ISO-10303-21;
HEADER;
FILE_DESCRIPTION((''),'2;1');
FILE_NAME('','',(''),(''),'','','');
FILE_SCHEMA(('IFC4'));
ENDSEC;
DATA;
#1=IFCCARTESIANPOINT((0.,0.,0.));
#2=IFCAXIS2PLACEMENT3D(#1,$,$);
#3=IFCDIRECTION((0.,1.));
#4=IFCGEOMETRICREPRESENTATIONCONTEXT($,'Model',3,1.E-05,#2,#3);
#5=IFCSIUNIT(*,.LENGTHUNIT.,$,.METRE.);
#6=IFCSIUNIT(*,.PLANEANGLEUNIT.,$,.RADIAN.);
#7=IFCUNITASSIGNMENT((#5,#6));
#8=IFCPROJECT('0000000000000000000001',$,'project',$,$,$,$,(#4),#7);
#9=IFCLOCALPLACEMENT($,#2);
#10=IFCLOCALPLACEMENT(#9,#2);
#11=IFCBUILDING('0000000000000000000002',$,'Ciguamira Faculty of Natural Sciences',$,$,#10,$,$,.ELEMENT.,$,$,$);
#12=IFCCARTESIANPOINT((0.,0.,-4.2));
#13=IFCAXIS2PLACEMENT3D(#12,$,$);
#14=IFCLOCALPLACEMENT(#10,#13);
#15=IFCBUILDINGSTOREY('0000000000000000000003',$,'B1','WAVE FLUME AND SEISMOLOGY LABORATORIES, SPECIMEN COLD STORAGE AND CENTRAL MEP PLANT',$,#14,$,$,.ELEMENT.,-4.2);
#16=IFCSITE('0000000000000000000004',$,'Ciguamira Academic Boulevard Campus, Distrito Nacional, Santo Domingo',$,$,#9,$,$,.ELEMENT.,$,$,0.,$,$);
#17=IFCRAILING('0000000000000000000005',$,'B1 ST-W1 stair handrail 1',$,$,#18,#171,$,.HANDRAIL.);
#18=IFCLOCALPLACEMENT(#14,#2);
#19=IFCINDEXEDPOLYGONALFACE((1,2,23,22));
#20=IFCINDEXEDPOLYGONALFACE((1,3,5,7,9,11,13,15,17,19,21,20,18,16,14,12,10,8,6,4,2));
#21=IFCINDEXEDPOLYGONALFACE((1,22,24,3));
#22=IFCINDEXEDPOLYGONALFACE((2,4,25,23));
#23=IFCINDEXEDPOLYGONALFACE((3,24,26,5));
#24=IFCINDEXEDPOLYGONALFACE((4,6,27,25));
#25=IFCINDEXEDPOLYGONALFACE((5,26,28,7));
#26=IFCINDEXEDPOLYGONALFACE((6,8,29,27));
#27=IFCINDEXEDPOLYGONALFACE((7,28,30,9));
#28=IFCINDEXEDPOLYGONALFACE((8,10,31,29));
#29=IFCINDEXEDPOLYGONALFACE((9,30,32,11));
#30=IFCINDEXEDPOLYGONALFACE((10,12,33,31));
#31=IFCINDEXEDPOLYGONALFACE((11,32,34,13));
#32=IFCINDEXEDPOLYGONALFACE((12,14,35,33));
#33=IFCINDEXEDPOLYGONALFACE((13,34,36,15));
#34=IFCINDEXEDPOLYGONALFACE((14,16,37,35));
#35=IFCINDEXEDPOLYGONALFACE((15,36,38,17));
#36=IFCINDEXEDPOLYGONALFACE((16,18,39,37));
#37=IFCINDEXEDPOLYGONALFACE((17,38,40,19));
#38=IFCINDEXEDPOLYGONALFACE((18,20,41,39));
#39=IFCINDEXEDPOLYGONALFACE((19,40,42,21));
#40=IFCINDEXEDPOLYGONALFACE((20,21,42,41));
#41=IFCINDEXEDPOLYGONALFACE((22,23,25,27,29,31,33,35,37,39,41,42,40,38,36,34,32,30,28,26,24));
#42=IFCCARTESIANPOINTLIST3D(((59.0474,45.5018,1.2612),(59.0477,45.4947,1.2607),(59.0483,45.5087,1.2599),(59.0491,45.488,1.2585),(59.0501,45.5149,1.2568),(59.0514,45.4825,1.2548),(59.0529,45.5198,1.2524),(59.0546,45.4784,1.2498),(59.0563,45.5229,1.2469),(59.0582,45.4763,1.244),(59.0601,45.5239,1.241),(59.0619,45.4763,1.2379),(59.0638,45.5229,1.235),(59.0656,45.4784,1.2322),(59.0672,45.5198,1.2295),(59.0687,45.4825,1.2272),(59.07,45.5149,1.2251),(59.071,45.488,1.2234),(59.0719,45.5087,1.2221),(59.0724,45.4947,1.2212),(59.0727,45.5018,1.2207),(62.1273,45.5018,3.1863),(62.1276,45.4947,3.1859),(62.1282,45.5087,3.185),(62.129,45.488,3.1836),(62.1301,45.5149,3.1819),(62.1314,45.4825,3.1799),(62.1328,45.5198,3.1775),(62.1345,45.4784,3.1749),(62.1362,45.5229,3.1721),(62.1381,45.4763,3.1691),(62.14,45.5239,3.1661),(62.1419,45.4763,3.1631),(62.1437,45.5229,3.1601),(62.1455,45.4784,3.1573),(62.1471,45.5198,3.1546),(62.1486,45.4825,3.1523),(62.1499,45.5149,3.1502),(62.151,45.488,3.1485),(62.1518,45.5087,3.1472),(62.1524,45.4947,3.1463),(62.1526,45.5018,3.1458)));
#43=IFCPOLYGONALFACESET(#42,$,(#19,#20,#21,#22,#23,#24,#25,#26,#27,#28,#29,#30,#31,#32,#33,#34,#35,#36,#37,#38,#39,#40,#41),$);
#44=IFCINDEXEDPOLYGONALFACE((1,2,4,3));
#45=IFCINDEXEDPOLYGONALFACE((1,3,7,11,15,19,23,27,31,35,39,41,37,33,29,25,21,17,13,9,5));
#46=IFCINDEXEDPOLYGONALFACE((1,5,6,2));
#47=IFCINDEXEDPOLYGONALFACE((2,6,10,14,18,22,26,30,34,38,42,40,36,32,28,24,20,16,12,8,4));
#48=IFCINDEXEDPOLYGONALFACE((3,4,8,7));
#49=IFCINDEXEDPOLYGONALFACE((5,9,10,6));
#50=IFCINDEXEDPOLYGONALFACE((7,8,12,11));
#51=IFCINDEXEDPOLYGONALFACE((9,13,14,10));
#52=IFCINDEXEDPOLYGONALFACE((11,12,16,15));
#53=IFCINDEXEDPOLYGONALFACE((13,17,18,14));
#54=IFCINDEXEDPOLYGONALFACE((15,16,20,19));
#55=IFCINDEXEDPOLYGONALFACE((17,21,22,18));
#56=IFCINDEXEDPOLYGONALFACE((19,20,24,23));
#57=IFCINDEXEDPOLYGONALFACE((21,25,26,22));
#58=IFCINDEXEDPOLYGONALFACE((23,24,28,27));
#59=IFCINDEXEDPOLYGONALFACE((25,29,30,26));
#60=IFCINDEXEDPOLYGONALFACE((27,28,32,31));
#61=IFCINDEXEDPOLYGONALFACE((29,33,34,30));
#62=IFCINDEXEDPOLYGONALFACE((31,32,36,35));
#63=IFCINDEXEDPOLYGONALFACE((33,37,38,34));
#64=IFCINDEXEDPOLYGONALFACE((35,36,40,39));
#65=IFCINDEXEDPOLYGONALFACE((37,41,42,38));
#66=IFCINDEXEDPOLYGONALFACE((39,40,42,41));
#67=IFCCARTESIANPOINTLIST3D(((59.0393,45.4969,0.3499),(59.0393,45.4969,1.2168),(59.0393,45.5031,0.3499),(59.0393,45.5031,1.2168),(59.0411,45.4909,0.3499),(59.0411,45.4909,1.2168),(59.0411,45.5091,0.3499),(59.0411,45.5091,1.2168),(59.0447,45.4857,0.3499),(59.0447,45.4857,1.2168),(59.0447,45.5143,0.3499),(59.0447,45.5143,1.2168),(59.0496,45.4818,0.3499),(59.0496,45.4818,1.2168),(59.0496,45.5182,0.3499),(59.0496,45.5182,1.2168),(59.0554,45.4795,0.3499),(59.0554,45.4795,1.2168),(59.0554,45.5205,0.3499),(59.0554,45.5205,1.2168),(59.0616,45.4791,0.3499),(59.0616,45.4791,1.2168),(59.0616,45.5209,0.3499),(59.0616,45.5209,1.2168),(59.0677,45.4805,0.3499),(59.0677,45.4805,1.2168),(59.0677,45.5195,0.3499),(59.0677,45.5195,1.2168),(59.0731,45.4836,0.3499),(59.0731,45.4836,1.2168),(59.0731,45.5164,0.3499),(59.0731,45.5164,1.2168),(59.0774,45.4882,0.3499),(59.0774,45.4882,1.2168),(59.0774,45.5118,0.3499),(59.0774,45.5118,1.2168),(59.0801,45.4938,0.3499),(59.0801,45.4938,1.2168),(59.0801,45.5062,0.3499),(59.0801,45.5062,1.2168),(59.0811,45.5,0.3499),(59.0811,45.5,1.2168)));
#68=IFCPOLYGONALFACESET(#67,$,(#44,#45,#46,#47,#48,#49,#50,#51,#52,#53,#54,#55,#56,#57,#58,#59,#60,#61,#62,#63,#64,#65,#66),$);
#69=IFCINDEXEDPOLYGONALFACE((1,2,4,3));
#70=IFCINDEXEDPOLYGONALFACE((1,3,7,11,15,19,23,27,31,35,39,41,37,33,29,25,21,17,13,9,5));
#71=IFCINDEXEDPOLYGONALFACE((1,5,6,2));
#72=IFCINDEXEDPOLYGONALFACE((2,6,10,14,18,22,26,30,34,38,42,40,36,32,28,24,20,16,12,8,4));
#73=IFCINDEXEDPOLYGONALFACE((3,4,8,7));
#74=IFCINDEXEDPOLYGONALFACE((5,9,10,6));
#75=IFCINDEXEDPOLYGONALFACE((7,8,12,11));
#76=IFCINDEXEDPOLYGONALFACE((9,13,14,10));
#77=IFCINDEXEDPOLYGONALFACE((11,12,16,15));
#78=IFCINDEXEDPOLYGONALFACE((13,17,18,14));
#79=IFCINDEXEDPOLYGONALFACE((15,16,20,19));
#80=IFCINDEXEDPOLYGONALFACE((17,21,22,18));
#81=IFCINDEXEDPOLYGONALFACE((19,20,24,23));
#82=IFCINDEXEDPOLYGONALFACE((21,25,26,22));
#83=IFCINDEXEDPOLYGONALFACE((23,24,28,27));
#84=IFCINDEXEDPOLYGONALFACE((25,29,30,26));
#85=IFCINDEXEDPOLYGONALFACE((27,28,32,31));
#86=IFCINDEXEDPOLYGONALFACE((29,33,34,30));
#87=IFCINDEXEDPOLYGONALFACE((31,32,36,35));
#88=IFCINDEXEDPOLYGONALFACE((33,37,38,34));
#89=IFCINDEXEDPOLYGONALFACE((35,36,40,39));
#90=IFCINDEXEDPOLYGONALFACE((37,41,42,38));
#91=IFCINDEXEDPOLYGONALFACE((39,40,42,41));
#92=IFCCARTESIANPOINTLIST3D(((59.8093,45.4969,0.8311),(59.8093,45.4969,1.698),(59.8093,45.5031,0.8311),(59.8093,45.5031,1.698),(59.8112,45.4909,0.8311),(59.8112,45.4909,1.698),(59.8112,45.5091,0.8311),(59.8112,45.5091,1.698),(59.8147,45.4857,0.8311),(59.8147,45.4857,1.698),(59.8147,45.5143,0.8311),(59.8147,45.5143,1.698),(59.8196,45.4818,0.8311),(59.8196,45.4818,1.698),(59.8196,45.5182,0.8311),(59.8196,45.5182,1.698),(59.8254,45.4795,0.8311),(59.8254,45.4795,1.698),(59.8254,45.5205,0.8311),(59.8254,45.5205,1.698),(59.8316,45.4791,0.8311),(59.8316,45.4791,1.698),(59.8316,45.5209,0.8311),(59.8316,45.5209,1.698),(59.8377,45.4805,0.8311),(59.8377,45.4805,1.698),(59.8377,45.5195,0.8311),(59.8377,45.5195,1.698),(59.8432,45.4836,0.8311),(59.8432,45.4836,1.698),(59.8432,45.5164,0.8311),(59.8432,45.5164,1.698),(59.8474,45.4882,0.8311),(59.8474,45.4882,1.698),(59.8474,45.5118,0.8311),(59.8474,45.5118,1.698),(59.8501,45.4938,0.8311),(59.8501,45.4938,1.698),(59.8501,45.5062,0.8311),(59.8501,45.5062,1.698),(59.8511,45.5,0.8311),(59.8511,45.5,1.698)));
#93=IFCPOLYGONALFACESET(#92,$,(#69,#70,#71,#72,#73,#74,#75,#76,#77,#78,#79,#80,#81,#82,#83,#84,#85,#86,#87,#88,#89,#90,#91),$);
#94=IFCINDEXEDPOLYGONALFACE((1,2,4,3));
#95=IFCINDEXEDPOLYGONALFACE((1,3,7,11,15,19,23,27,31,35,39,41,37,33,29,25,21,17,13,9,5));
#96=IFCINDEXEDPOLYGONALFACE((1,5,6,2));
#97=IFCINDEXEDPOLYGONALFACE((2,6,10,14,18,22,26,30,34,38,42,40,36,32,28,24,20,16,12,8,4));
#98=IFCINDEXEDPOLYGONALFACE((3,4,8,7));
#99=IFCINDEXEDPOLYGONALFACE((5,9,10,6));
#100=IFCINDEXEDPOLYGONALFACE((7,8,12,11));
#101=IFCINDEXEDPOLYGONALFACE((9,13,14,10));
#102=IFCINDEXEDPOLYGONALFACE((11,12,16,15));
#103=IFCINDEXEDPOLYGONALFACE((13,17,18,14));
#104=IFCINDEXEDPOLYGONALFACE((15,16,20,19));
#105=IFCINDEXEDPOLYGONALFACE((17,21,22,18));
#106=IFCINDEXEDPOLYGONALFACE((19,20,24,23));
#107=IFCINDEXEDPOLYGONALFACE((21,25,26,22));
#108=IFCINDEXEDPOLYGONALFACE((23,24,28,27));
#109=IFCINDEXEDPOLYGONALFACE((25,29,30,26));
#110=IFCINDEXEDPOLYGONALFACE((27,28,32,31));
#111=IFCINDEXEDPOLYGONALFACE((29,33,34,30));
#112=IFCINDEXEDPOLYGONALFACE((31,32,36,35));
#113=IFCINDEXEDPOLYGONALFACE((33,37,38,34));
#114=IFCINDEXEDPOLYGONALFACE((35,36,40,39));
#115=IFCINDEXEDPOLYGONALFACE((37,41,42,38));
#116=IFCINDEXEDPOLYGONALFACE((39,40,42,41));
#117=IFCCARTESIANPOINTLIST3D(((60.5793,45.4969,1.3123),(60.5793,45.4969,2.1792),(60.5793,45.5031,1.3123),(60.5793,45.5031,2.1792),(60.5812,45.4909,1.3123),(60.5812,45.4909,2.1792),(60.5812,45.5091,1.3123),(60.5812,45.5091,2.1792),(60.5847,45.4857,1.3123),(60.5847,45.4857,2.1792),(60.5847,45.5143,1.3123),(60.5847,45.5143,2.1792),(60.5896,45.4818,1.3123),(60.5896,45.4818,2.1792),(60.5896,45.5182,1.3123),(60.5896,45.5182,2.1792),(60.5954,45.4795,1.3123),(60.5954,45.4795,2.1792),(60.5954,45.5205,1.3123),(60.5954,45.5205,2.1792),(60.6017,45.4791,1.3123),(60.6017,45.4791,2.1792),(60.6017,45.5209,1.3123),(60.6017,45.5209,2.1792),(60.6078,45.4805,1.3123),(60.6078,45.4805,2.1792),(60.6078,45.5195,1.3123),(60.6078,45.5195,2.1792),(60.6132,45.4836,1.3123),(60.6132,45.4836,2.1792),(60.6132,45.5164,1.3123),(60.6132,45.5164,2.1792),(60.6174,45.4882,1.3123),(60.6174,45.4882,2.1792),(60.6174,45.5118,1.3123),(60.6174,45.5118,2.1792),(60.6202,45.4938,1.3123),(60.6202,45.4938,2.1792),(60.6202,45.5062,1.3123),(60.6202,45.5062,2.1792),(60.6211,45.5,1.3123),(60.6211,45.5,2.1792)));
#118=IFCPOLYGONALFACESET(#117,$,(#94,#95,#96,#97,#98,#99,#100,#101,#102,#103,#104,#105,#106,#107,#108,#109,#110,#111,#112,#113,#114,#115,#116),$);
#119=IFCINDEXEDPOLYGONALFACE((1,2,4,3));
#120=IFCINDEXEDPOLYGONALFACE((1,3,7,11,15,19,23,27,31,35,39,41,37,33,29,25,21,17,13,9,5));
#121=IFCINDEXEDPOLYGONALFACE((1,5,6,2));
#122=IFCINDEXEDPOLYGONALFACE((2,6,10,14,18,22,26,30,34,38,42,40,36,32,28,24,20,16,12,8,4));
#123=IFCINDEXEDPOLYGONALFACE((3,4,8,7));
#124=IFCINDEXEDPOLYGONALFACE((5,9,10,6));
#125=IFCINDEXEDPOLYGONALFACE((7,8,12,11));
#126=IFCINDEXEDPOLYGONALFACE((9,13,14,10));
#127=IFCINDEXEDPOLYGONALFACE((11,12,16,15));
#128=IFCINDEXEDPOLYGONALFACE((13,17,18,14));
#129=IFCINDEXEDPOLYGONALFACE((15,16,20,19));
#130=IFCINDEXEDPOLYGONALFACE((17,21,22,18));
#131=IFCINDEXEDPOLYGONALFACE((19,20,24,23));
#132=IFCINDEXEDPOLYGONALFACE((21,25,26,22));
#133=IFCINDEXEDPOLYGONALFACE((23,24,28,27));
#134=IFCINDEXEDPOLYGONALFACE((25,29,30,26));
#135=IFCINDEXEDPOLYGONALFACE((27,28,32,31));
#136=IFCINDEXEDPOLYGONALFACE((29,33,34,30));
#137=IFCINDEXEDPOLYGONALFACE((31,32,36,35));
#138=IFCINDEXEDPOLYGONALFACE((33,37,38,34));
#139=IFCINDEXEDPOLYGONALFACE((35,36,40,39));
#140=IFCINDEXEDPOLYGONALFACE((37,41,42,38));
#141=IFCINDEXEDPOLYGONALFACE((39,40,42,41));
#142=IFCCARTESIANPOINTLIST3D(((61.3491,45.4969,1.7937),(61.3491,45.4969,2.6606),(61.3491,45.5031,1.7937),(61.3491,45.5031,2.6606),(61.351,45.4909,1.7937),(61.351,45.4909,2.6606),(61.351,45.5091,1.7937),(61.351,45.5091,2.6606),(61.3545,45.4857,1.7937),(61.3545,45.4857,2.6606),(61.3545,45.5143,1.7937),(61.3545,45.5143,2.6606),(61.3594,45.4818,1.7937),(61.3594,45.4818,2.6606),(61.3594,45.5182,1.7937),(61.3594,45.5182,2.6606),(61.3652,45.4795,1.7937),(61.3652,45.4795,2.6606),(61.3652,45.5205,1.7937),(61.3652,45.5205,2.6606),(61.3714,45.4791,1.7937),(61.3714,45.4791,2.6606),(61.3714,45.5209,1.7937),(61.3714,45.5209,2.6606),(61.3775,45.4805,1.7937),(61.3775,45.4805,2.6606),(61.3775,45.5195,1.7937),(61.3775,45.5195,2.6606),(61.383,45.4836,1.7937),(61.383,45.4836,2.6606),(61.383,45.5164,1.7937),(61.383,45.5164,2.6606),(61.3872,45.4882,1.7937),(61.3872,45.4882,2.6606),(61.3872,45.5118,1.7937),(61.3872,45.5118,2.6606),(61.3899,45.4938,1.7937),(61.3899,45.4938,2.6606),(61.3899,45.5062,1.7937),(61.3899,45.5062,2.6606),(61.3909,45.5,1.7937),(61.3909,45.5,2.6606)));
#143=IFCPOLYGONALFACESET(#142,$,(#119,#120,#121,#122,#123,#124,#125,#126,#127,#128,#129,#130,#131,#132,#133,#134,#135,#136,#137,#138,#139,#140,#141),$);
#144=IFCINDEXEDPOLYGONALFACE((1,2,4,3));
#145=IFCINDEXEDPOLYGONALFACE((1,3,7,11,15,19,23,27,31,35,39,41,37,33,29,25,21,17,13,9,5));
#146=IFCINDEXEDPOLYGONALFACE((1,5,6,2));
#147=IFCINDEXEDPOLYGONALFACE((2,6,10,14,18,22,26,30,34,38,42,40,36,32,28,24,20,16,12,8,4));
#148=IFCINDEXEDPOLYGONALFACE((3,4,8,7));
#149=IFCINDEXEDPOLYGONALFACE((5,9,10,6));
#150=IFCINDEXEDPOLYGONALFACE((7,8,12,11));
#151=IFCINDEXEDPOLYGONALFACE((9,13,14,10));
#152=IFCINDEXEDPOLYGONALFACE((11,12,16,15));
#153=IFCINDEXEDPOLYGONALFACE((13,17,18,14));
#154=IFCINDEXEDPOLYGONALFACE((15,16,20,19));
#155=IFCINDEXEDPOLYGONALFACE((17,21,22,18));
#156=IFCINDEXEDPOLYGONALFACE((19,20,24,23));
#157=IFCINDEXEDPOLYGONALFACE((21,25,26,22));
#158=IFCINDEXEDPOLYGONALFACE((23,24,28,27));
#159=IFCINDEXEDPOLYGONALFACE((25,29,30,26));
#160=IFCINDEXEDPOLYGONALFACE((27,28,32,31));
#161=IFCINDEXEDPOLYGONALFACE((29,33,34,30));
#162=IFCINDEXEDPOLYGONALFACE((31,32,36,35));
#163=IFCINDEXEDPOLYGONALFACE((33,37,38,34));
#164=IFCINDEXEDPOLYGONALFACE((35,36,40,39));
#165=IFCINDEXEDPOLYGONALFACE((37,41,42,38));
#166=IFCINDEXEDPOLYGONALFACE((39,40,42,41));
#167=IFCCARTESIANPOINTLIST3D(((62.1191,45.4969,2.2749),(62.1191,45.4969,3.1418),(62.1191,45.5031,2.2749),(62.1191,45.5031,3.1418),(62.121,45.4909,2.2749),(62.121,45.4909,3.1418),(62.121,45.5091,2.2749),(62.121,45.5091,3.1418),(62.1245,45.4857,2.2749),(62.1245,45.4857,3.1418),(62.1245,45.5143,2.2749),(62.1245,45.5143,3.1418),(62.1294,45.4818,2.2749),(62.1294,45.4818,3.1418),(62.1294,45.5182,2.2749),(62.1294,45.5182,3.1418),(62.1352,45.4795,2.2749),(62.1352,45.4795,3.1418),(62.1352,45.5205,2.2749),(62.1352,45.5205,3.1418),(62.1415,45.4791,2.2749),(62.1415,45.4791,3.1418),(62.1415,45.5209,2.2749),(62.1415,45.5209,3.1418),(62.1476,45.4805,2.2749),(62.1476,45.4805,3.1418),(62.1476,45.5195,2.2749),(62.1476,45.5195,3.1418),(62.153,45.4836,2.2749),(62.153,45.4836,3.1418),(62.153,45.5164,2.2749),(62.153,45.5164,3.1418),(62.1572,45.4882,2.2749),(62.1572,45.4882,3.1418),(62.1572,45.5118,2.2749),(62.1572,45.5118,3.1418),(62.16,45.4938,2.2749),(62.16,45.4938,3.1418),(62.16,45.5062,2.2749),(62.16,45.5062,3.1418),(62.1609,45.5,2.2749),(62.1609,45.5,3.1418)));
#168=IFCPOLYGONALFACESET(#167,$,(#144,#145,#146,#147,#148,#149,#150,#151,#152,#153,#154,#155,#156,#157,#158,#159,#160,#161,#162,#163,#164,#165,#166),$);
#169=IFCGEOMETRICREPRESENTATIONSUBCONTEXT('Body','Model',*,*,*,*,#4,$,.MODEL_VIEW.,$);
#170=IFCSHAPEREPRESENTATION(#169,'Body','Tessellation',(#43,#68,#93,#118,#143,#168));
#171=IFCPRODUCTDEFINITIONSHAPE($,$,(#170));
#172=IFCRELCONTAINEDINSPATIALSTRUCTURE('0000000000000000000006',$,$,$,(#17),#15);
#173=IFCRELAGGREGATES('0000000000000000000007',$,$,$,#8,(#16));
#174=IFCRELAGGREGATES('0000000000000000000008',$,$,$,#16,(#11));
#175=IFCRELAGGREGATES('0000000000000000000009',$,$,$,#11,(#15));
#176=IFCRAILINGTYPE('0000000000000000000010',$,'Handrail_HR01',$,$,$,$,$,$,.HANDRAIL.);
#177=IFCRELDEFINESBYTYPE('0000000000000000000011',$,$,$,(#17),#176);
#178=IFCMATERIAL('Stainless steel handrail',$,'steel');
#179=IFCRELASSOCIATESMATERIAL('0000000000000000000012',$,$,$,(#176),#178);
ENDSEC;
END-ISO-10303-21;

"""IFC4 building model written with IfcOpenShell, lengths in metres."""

from ifc_helpers import new_model, si_unit, direction, frame, origin, origin_2d, place, context, subcontext, project, spatial, circle, extrude, material, type_object, element, save


model = new_model("IFC4")

# Units and contexts
model_context = context("Model", 3, precision=1e-05, world=origin(), true_north=direction((0.0, 1.0)))
body_context = subcontext(model_context, "Body", "Model", "MODEL_VIEW")
ifc_project = project(units=[si_unit("LENGTHUNIT", "METRE"), si_unit("PLANEANGLEUNIT", "RADIAN")], contexts=[model_context])

# Site, building, storey
site_placement = place(None, origin())
site = spatial("IfcSite", under=ifc_project, at=site_placement, Name="Ciguamira Academic Boulevard Campus, Distrito Nacional, Santo Domingo", CompositionType="ELEMENT", RefElevation=0.0)
building_placement = place(site_placement, origin())
building = spatial("IfcBuilding", under=site, at=building_placement, Name="Ciguamira Faculty of Natural Sciences", CompositionType="ELEMENT")
storey_placement = place(building_placement, frame((0.0, 0.0, -4.2)))
storey = spatial("IfcBuildingStorey", under=building, at=storey_placement, Name="B1", Description="WAVE FLUME AND SEISMOLOGY LABORATORIES, SPECIMEN COLD STORAGE AND CENTRAL MEP PLANT", CompositionType="ELEMENT", Elevation=-4.2)

# Railing
ifc_material_1 = material(Name="Stainless steel handrail", Category="steel")
railing_type = type_object("IfcRailingType", Name="Handrail_HR01", PredefinedType="HANDRAIL", material=ifc_material_1)
railing_placement = place(storey_placement, frame((59.0601, 45.5, 0.3499)))
element("IfcRailing", 1, at=railing_placement, inside=storey, type_object=railing_type, Name="B1 ST-W1 stair handrail 1", PredefinedType="HANDRAIL", context=body_context, shape_type="SweptSolid", body=[
    extrude(circle(Radius=0.0239, at=origin_2d()), frame((0.0, 0.0, 0.8911), z_axis=(0.847979, 0.0, 0.530029), x_axis=(0.0, 1.0, 0.0)), (0.0, 0.0, 1.0), 3.6321),
    extrude(circle(Radius=0.021, at=origin_2d()), origin(), (0.0, 0.0, 1.0), 0.8669),
    extrude(circle(Radius=0.021, at=origin_2d()), frame((0.77, 0.0, 0.4812)), (0.0, 0.0, 1.0), 0.8669),
    extrude(circle(Radius=0.021, at=origin_2d()), frame((1.54, 0.0, 0.9624)), (0.0, 0.0, 1.0), 0.8669),
    extrude(circle(Radius=0.021, at=origin_2d()), frame((2.3098, 0.0, 1.4438)), (0.0, 0.0, 1.0), 0.8669),
    extrude(circle(Radius=0.021, at=origin_2d()), frame((3.0798, 0.0, 1.925)), (0.0, 0.0, 1.0), 0.8669),
])

save(model, "model.ifc")
